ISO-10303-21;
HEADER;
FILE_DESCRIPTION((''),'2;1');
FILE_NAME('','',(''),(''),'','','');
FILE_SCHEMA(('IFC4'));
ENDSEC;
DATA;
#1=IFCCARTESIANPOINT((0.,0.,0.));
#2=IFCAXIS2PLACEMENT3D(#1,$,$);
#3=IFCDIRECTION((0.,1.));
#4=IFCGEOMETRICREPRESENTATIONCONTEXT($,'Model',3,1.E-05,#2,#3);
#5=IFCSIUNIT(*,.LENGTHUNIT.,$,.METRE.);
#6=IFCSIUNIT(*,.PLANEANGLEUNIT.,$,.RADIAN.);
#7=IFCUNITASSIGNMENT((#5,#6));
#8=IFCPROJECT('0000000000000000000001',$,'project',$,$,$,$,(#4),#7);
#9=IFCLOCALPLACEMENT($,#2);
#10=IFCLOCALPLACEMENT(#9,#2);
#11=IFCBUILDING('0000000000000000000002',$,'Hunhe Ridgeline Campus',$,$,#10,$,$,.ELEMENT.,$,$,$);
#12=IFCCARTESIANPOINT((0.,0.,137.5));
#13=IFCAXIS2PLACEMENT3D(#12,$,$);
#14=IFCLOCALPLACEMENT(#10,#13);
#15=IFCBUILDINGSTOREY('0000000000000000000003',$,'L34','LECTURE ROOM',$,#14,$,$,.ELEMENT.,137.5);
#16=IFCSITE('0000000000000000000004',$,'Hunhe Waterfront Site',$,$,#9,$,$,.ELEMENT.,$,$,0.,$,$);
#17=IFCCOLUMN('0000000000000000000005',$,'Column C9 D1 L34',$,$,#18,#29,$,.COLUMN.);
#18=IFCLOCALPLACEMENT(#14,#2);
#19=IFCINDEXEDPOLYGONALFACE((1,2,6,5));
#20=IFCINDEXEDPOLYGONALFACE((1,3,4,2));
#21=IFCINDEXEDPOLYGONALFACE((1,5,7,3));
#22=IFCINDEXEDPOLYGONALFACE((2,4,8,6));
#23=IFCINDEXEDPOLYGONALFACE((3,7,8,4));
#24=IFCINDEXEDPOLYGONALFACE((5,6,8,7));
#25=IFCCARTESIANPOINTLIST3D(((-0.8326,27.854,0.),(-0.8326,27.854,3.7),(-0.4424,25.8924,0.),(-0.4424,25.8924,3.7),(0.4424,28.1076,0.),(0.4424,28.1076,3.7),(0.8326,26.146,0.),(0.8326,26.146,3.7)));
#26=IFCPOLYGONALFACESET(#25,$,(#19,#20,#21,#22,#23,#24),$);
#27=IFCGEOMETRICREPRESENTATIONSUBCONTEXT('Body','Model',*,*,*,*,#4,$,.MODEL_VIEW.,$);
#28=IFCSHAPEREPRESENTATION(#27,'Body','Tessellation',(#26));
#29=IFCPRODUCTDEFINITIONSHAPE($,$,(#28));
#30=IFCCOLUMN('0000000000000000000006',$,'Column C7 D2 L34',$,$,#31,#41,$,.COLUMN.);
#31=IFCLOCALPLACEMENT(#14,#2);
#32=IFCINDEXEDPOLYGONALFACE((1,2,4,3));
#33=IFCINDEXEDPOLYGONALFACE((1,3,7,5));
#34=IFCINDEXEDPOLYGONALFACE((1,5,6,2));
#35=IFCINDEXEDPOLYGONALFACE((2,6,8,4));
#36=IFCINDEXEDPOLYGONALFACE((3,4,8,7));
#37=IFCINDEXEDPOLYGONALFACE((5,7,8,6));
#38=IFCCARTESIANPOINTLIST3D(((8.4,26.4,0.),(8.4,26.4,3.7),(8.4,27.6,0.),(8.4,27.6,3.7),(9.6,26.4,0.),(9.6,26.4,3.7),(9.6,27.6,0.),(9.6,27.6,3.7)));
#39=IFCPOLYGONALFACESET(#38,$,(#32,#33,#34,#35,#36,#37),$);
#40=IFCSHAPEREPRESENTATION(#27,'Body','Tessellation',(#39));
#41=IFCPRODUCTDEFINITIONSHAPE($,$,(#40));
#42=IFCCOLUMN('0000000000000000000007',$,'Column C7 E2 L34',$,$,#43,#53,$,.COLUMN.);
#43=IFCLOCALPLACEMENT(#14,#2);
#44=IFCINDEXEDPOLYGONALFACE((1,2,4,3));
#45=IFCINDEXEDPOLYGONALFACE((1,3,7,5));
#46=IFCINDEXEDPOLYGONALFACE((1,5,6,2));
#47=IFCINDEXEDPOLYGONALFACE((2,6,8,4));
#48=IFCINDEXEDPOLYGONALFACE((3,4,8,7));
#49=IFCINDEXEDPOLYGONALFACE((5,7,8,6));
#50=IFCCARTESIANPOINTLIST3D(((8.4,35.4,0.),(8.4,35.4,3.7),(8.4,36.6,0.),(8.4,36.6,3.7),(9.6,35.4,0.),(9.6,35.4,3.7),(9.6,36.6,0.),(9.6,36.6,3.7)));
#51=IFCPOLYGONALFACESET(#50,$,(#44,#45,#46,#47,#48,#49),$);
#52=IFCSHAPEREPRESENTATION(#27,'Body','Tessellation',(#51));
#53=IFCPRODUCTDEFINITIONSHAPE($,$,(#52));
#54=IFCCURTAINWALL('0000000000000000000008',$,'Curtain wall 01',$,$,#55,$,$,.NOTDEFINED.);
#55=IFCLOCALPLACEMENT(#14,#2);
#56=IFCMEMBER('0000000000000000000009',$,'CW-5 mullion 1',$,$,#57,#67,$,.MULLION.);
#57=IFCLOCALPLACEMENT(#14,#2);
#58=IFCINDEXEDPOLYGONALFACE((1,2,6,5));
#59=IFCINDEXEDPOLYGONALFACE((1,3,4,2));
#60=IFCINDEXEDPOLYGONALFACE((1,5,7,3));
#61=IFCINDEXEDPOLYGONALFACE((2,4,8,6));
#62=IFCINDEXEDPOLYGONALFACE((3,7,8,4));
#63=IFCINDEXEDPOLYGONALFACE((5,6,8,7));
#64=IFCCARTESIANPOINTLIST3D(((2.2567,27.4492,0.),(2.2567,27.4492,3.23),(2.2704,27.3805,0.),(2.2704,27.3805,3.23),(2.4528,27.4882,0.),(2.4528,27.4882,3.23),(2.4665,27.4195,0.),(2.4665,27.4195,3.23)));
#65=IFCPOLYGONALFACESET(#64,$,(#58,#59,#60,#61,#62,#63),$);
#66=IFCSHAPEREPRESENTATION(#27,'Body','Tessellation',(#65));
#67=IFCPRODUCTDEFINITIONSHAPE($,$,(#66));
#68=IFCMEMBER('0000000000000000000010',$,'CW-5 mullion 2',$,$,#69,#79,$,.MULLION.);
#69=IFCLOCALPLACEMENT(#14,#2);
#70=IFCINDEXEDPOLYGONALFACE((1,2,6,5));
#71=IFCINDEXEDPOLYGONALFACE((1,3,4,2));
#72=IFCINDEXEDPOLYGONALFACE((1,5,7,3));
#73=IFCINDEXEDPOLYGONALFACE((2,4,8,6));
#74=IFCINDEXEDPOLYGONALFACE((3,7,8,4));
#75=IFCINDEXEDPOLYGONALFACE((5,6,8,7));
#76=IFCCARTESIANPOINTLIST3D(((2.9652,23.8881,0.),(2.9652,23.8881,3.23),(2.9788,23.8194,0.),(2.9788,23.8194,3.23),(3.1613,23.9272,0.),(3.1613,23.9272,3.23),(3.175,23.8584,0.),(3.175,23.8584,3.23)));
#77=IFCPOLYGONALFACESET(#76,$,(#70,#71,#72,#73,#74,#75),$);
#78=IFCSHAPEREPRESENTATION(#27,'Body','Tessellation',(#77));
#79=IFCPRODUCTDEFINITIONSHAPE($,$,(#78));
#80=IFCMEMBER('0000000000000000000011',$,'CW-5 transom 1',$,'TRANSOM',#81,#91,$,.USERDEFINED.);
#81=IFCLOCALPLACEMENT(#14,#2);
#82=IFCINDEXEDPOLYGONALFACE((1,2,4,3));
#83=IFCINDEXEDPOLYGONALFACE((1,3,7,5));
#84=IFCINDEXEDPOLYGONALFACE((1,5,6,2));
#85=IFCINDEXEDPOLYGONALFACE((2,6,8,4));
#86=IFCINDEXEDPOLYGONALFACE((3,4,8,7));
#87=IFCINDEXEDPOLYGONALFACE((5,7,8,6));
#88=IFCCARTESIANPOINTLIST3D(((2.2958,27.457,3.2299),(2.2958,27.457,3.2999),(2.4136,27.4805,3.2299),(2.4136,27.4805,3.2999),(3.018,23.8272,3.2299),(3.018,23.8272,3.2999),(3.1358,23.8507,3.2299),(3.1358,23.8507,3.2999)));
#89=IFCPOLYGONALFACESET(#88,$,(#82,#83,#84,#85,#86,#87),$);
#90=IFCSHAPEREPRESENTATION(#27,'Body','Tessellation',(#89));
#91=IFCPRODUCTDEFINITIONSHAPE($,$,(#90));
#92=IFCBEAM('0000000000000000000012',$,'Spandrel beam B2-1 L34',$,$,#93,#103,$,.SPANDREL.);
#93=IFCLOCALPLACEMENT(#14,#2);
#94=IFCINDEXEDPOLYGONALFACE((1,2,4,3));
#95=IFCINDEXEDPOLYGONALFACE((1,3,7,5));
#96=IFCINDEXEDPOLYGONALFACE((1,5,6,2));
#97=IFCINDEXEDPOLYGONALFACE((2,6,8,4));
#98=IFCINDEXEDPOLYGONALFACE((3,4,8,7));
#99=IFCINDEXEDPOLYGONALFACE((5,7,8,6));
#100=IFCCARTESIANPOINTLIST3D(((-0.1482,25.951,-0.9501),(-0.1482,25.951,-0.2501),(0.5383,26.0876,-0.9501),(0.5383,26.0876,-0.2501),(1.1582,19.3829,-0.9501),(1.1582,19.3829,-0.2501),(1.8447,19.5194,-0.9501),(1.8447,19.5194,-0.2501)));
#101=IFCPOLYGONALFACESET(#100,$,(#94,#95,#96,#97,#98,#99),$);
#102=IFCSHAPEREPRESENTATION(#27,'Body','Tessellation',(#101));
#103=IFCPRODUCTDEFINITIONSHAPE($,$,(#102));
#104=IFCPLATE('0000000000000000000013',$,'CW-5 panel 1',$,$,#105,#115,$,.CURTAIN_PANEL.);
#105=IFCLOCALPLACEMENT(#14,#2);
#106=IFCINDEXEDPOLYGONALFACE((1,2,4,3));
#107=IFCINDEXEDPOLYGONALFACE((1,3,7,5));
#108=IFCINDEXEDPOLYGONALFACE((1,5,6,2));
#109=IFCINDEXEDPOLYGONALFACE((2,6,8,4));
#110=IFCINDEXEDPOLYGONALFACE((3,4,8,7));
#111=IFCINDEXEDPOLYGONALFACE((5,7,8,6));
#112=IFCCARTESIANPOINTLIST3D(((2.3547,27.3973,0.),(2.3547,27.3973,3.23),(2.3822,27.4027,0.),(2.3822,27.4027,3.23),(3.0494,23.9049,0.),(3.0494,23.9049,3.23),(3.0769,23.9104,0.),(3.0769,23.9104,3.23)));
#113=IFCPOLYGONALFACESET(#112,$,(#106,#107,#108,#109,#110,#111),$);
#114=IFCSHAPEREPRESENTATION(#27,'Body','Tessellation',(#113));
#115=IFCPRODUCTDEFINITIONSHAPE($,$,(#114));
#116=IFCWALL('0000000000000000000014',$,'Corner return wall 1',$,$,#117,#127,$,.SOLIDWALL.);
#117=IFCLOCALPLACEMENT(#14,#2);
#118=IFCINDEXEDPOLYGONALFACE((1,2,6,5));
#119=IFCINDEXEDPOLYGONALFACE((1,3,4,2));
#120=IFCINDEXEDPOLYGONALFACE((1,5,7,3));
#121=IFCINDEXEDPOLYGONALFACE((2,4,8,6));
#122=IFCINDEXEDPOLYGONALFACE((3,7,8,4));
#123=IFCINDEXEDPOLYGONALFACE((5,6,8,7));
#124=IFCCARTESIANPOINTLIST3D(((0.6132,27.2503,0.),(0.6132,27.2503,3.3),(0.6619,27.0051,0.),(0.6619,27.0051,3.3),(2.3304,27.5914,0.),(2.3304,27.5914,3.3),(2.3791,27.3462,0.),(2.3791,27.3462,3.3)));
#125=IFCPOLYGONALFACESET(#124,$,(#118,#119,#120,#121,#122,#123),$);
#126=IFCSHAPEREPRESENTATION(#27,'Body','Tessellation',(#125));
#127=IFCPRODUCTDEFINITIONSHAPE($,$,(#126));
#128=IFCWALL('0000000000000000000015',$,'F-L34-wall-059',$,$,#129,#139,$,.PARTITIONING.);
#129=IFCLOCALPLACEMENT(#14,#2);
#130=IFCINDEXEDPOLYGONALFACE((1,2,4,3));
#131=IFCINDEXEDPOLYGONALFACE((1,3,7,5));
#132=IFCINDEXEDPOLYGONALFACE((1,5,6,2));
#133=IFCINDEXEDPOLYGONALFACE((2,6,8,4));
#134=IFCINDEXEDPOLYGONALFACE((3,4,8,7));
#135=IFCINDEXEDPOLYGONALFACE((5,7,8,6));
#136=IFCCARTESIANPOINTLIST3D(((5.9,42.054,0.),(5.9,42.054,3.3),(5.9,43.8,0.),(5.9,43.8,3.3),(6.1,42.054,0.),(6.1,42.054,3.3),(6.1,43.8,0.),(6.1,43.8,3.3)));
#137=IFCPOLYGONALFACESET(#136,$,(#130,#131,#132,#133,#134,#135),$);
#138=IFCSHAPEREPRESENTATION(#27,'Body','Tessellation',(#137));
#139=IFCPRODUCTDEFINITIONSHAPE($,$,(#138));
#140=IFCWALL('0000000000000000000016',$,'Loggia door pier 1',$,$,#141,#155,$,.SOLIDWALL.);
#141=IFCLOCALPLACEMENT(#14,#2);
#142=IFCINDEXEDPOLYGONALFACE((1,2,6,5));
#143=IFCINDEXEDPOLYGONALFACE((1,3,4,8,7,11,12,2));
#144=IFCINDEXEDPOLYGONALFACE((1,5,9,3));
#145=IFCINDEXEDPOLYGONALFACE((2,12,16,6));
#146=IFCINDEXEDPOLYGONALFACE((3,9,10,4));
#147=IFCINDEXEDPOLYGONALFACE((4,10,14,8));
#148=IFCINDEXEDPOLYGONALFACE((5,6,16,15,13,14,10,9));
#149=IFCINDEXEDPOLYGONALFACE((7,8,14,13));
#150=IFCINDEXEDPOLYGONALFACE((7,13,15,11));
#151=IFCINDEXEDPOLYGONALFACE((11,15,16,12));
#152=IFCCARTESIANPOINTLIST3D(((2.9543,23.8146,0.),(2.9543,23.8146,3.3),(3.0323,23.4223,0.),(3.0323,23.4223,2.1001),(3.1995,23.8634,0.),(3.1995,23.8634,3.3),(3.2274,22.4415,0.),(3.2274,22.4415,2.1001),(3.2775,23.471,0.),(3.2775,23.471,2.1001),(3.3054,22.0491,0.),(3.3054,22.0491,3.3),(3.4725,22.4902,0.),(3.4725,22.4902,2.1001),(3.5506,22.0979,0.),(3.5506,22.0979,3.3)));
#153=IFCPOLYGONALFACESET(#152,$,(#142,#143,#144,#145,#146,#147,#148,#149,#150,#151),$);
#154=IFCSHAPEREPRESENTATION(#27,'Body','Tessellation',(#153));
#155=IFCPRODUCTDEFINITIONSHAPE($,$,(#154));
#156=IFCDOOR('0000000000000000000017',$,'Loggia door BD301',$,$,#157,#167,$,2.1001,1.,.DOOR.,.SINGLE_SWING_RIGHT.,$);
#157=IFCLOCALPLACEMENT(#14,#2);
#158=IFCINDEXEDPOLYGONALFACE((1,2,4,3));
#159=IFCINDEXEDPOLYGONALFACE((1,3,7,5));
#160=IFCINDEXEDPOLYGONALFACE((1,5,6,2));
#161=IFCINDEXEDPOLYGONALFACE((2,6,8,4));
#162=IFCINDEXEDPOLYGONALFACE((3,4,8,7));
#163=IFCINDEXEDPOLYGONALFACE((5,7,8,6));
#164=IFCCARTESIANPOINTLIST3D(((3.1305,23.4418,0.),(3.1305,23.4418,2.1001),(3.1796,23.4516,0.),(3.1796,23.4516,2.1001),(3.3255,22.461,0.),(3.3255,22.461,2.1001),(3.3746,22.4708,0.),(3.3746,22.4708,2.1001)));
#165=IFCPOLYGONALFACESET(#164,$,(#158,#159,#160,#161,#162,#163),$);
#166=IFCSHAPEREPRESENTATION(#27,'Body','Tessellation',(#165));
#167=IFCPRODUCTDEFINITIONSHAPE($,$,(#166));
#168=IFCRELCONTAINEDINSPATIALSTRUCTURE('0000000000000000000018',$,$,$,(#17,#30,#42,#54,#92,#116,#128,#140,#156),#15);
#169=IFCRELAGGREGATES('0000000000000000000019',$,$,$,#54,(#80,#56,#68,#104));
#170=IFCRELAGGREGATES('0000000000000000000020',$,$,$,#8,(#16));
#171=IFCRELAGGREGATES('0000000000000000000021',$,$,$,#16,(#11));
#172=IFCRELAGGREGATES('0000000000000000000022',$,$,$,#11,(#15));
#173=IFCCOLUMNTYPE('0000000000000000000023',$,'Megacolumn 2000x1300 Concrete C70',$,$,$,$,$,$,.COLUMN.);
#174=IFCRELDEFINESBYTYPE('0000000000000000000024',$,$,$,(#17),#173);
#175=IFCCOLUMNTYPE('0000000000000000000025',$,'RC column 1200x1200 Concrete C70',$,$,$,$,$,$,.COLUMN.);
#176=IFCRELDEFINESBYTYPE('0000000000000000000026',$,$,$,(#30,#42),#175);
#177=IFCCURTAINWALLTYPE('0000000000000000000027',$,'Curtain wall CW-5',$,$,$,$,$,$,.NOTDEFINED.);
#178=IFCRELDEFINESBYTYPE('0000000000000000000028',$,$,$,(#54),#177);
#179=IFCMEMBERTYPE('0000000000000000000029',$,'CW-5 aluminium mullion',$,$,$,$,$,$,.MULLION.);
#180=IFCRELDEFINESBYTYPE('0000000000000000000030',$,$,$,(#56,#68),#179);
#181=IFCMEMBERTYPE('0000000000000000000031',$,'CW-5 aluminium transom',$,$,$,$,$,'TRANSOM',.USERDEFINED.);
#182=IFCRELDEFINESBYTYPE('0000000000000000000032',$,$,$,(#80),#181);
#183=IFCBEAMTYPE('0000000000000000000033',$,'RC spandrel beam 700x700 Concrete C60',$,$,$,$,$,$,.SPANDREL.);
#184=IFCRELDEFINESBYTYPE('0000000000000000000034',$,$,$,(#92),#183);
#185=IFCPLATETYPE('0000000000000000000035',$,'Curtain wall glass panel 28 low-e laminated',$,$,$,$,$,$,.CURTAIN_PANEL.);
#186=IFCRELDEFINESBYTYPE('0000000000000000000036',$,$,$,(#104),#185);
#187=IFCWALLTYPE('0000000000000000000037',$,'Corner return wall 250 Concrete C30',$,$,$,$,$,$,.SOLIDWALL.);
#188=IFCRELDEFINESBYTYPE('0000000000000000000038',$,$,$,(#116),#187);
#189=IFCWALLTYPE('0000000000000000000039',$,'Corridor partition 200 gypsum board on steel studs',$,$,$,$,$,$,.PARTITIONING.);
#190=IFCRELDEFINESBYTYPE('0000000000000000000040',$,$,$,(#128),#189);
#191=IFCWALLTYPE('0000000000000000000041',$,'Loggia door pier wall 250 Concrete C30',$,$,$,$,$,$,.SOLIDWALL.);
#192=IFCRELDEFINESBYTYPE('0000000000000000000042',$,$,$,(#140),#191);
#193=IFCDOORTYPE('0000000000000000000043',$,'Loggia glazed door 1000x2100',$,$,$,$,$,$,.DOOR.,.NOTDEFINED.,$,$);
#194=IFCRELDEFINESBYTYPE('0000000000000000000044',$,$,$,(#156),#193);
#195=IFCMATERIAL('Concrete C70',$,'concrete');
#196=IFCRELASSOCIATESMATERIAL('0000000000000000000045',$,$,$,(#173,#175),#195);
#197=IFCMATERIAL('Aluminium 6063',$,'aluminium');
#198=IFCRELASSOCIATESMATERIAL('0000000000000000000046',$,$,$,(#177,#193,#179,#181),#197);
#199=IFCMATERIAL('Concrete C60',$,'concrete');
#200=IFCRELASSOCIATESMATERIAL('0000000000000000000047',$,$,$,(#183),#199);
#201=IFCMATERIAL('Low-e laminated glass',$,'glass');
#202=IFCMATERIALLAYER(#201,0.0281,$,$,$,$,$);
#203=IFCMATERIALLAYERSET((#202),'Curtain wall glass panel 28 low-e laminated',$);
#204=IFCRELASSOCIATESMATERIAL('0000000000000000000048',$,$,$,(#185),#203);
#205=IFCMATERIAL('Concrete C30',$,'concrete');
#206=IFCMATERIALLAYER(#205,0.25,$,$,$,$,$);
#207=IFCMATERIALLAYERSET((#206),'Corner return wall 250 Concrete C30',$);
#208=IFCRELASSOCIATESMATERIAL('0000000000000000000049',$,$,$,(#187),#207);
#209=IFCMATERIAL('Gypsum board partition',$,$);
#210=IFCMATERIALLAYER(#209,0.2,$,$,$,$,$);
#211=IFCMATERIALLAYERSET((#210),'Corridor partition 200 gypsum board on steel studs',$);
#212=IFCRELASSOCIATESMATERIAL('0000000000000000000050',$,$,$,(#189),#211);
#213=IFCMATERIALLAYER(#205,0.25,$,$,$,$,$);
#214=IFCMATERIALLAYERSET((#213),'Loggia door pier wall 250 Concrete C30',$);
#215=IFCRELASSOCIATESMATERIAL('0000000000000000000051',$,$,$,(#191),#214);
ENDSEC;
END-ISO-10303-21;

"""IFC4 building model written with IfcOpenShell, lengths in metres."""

from ifc_helpers import new_model, si_unit, direction, frame, frame_2d, origin, origin_2d, place, context, subcontext, project, spatial, rectangle, extrude, material, layer, layer_set, material_profile, profile_set, type_object, element, fill, aggregate, save


model = new_model("IFC4")

# Units and contexts
model_context = context("Model", 3, precision=1e-05, world=origin(), true_north=direction((0.0, 1.0)))
body_context = subcontext(model_context, "Body", "Model", "MODEL_VIEW")
ifc_project = project(units=[si_unit("LENGTHUNIT", "METRE"), si_unit("PLANEANGLEUNIT", "RADIAN")], contexts=[model_context])

# Site, building, storey
site_placement = place(None, origin())
site = spatial("IfcSite", under=ifc_project, at=site_placement, Name="Hunhe Waterfront Site", CompositionType="ELEMENT", RefElevation=0.0)
building_placement = place(site_placement, origin())
building = spatial("IfcBuilding", under=site, at=building_placement, Name="Hunhe Ridgeline Campus", CompositionType="ELEMENT")
storey_placement = place(building_placement, frame((0.0, 0.0, 137.5)))
storey = spatial("IfcBuildingStorey", under=building, at=storey_placement, Name="L34", Description="LECTURE ROOM", CompositionType="ELEMENT", Elevation=137.5)

# Columns
ifc_material_1 = material(Name="Concrete C70", Category="concrete")
ifc_material_profile_1 = material_profile(ifc_material_1, rectangle(XDim=2.0, YDim=1.3, at=origin_2d()))
ifc_profile_set_1 = profile_set([ifc_material_profile_1], Name="Concrete C70")
column_type_1 = type_object("IfcColumnType", Name="Megacolumn 2000x1300 Concrete C70", PredefinedType="COLUMN", material=ifc_profile_set_1)
column_placement = place(storey_placement, frame((0.0, 27.0, 0.0), z_axis=(0.0, 0.0, 1.0), x_axis=(-0.19509, 0.980785, 0.0)))
element("IfcColumn", 1, at=column_placement, inside=storey, type_object=column_type_1, Name="Column C9 D1 L34", PredefinedType="COLUMN", context=body_context, shape_type="SweptSolid", body=[
    extrude(rectangle(XDim=2.0, YDim=1.3, at=origin_2d()), origin(), (0.0, 0.0, 1.0), 3.7),
])
ifc_material_profile_2 = material_profile(ifc_material_1, rectangle(XDim=1.2, YDim=1.2, at=origin_2d()))
ifc_profile_set_2 = profile_set([ifc_material_profile_2], Name="Concrete C70")
column_type_2 = type_object("IfcColumnType", Name="RC column 1200x1200 Concrete C70", PredefinedType="COLUMN", material=ifc_profile_set_2)
for number, where, z_axis, x_axis, name in (
    (2, (9.0, 27.0, 0.0), (0.0, 0.0, 1.0), (1.0, 0.0, 0.0), "Column C7 D2 L34"),
    (3, (9.0, 36.0, 0.0), (0.0, 0.0, 1.0), (1.0, 0.0, 0.0), "Column C7 E2 L34"),
):
    element("IfcColumn", number, at=place(storey_placement, frame(where, z_axis=z_axis, x_axis=x_axis)), inside=storey, type_object=column_type_2, Name=name, PredefinedType="COLUMN", context=body_context, shape_type="SweptSolid", body=[
        extrude(rectangle(XDim=1.2, YDim=1.2, at=origin_2d()), origin(), (0.0, 0.0, 1.0), 3.7),
    ])

# Curtain wall, members
ifc_material_2 = material(Name="Aluminium 6063", Category="aluminium")
curtain_wall_type = type_object("IfcCurtainWallType", Name="Curtain wall CW-5", PredefinedType="NOTDEFINED", material=ifc_material_2)
curtain_wall_placement = place(storey_placement, origin())
curtain_wall = element("IfcCurtainWall", 4, at=curtain_wall_placement, inside=storey, type_object=curtain_wall_type, Name="Curtain wall 01", PredefinedType="NOTDEFINED")
ifc_material_profile_3 = material_profile(ifc_material_2, rectangle(XDim=0.2, YDim=0.0701, at=origin_2d()))
ifc_profile_set_3 = profile_set([ifc_material_profile_3], Name="Aluminium 6063")
member_type_1 = type_object("IfcMemberType", Name="CW-5 aluminium mullion", PredefinedType="MULLION", material=ifc_profile_set_3)
member_1_placement = place(storey_placement, frame((2.3616, 27.4343, 0.0), z_axis=(0.0, 0.0, 1.0), x_axis=(0.980784, 0.195095, 0.0)))
member_1 = element("IfcMember", 5, at=member_1_placement, type_object=member_type_1, Name="CW-5 mullion 1", PredefinedType="MULLION", context=body_context, shape_type="SweptSolid", body=[
    extrude(rectangle(XDim=0.2, YDim=0.0701, at=origin_2d()), origin(), (0.0, 0.0, 1.0), 3.23),
])
member_2_placement = place(storey_placement, frame((3.0701, 23.8733, 0.0), z_axis=(0.0, 0.0, 1.0), x_axis=(0.980784, 0.195095, 0.0)))
member_2 = element("IfcMember", 6, at=member_2_placement, type_object=member_type_1, Name="CW-5 mullion 2", PredefinedType="MULLION", context=body_context, shape_type="SweptSolid", body=[
    extrude(rectangle(XDim=0.2, YDim=0.0701, at=origin_2d()), origin(), (0.0, 0.0, 1.0), 3.23),
])
ifc_material_profile_4 = material_profile(ifc_material_2, rectangle(XDim=0.1201, YDim=0.0701, at=origin_2d()))
ifc_profile_set_4 = profile_set([ifc_material_profile_4], Name="Aluminium 6063")
member_type_2 = type_object("IfcMemberType", Name="CW-5 aluminium transom", ElementType="TRANSOM", PredefinedType="USERDEFINED", material=ifc_profile_set_4)
member_3_placement = place(storey_placement, frame((2.3547, 27.4688, 3.2649), z_axis=(0.195127, -0.980778, 0.0), x_axis=(0.980778, 0.195127, 0.0)))
member_3 = element("IfcMember", 7, at=member_3_placement, type_object=member_type_2, Name="CW-5 transom 1", ObjectType="TRANSOM", PredefinedType="USERDEFINED", context=body_context, shape_type="SweptSolid", body=[
    extrude(rectangle(XDim=0.1201, YDim=0.0701, at=origin_2d()), origin(), (0.0, 0.0, 1.0), 3.7009),
])

# Beam
ifc_material_3 = material(Name="Concrete C60", Category="concrete")
ifc_material_profile_5 = material_profile(ifc_material_3, rectangle(XDim=0.7, YDim=0.7, at=origin_2d()))
ifc_profile_set_5 = profile_set([ifc_material_profile_5], Name="Concrete C60")
beam_type = type_object("IfcBeamType", Name="RC spandrel beam 700x700 Concrete C60", PredefinedType="SPANDREL", material=ifc_profile_set_5)
beam_placement = place(storey_placement, frame((0.1951, 26.0193, -0.6001), z_axis=(0.195078, -0.980788, 0.0), x_axis=(0.980788, 0.195078, 0.0)))
element("IfcBeam", 8, at=beam_placement, inside=storey, type_object=beam_type, Name="Spandrel beam B2-1 L34", PredefinedType="SPANDREL", context=body_context, shape_type="SweptSolid", body=[
    extrude(rectangle(XDim=0.7, YDim=0.7, at=origin_2d()), origin(), (0.0, 0.0, 1.0), 6.6968),
])

# Plate
ifc_material_4 = material(Name="Low-e laminated glass", Category="glass")
ifc_layer_1 = layer(ifc_material_4, 0.0281)
ifc_layer_set_1 = layer_set([ifc_layer_1], Name="Curtain wall glass panel 28 low-e laminated")
plate_type = type_object("IfcPlateType", Name="Curtain wall glass panel 28 low-e laminated", PredefinedType="CURTAIN_PANEL", material=ifc_layer_set_1)
plate_placement = place(storey_placement, frame((2.7158, 25.6538, 0.0), z_axis=(0.0, 0.0, 1.0), x_axis=(0.195095, -0.980784, 0.0)))
plate = element("IfcPlate", 9, at=plate_placement, type_object=plate_type, Name="CW-5 panel 1", PredefinedType="CURTAIN_PANEL", context=body_context, shape_type="SweptSolid", body=[
    extrude(rectangle(XDim=3.5608, YDim=0.0281, at=origin_2d()), origin(), (0.0, 0.0, 1.0), 3.23),
])
aggregate(curtain_wall, [member_3, member_1, member_2, plate])

# Wall
ifc_material_5 = material(Name="Concrete C30", Category="concrete")
ifc_layer_2 = layer(ifc_material_5, 0.25)
ifc_layer_set_2 = layer_set([ifc_layer_2], Name="Corner return wall 250 Concrete C30")
wall_type_1 = type_object("IfcWallType", Name="Corner return wall 250 Concrete C30", PredefinedType="SOLIDWALL", material=ifc_layer_set_2)
wall_1_placement = place(storey_placement, frame((0.6375, 27.1277, 0.0), z_axis=(0.0, 0.0, 1.0), x_axis=(0.980843, 0.194802, 0.0)))
element("IfcWall", 10, at=wall_1_placement, inside=storey, type_object=wall_type_1, Name="Corner return wall 1", PredefinedType="SOLIDWALL", context=body_context, shape_type="SweptSolid", body=[
    extrude(rectangle(XDim=1.7507, YDim=0.25, at=frame_2d((0.8755, 0.0))), origin(), (0.0, 0.0, 1.0), 3.3),
])

# Shared definitions
ifc_material_6 = material(Name="Gypsum board partition")
ifc_layer_3 = layer(ifc_material_6, 0.2)
ifc_layer_set_3 = layer_set([ifc_layer_3], Name="Corridor partition 200 gypsum board on steel studs")
wall_type_2 = type_object("IfcWallType", Name="Corridor partition 200 gypsum board on steel studs", PredefinedType="PARTITIONING", material=ifc_layer_set_3)

# Wall
wall_2_placement = place(storey_placement, frame((6.0, 42.054, 0.0), z_axis=(0.0, 0.0, 1.0), x_axis=(0.0, 1.0, 0.0)))
element("IfcWall", 11, at=wall_2_placement, inside=storey, type_object=wall_type_2, Name="F-L34-wall-059", PredefinedType="PARTITIONING", context=body_context, shape_type="SweptSolid", body=[
    extrude(rectangle(XDim=1.7461, YDim=0.2, at=frame_2d((0.873, 0.0))), origin(), (0.0, 0.0, 1.0), 3.3),
])

# Wall, opening, door
ifc_layer_4 = layer(ifc_material_5, 0.25)
ifc_layer_set_4 = layer_set([ifc_layer_4], Name="Loggia door pier wall 250 Concrete C30")
wall_type_3 = type_object("IfcWallType", Name="Loggia door pier wall 250 Concrete C30", PredefinedType="SOLIDWALL", material=ifc_layer_set_4)
wall_3_placement = place(storey_placement, frame((3.0769, 23.8389, 0.0), z_axis=(0.0, 0.0, 1.0), x_axis=(0.195047, -0.980794, 0.0)))
wall_3 = element("IfcWall", 12, at=wall_3_placement, inside=storey, type_object=wall_type_3, Name="Loggia door pier 1", PredefinedType="SOLIDWALL", context=body_context, shape_type="SweptSolid", body=[
    extrude(rectangle(XDim=1.8, YDim=0.25, at=frame_2d((0.8999, 0.0))), origin(), (0.0, 0.0, 1.0), 3.3),
])
opening_1_placement = place(wall_3_placement, frame((0.3999, 0.0, 0.0)))
opening_1 = element("IfcOpeningElement", 13, at=opening_1_placement, cuts=wall_3, PredefinedType="OPENING", context=body_context, shape_type="SweptSolid", body=[
    extrude(rectangle(XDim=1.0, YDim=2.1001, at=frame_2d((0.5, 1.05))), frame((0.0, 0.125, 0.0), z_axis=(0.0, -1.0, 0.0), x_axis=(1.0, 0.0, 0.0)), (0.0, 0.0, 1.0), 0.25),
])
door_type_1 = type_object("IfcDoorType", Name="Loggia glazed door 1000x2100", OperationType="NOTDEFINED", PredefinedType="DOOR", material=ifc_material_2)
door_1_placement = place(opening_1_placement, frame((1.0, 0.0, 0.0), z_axis=(0.0, 0.0, 1.0), x_axis=(-1.0, 0.0, 0.0)))
door_1 = element("IfcDoor", 14, at=door_1_placement, inside=storey, type_object=door_type_1, Name="Loggia door BD301", OperationType="SINGLE_SWING_RIGHT", OverallHeight=2.1001, OverallWidth=1.0, PredefinedType="DOOR", context=body_context, shape_type="SweptSolid", body=[
    extrude(rectangle(XDim=1.0, YDim=2.1001, at=frame_2d((0.5, 1.05))), frame((0.0, 0.0249, 0.0), z_axis=(0.0, -1.0, 0.0), x_axis=(1.0, 0.0, 0.0)), (0.0, 0.0, 1.0), 0.05),
])
fill(opening_1, door_1)

save(model, "model.ifc")
